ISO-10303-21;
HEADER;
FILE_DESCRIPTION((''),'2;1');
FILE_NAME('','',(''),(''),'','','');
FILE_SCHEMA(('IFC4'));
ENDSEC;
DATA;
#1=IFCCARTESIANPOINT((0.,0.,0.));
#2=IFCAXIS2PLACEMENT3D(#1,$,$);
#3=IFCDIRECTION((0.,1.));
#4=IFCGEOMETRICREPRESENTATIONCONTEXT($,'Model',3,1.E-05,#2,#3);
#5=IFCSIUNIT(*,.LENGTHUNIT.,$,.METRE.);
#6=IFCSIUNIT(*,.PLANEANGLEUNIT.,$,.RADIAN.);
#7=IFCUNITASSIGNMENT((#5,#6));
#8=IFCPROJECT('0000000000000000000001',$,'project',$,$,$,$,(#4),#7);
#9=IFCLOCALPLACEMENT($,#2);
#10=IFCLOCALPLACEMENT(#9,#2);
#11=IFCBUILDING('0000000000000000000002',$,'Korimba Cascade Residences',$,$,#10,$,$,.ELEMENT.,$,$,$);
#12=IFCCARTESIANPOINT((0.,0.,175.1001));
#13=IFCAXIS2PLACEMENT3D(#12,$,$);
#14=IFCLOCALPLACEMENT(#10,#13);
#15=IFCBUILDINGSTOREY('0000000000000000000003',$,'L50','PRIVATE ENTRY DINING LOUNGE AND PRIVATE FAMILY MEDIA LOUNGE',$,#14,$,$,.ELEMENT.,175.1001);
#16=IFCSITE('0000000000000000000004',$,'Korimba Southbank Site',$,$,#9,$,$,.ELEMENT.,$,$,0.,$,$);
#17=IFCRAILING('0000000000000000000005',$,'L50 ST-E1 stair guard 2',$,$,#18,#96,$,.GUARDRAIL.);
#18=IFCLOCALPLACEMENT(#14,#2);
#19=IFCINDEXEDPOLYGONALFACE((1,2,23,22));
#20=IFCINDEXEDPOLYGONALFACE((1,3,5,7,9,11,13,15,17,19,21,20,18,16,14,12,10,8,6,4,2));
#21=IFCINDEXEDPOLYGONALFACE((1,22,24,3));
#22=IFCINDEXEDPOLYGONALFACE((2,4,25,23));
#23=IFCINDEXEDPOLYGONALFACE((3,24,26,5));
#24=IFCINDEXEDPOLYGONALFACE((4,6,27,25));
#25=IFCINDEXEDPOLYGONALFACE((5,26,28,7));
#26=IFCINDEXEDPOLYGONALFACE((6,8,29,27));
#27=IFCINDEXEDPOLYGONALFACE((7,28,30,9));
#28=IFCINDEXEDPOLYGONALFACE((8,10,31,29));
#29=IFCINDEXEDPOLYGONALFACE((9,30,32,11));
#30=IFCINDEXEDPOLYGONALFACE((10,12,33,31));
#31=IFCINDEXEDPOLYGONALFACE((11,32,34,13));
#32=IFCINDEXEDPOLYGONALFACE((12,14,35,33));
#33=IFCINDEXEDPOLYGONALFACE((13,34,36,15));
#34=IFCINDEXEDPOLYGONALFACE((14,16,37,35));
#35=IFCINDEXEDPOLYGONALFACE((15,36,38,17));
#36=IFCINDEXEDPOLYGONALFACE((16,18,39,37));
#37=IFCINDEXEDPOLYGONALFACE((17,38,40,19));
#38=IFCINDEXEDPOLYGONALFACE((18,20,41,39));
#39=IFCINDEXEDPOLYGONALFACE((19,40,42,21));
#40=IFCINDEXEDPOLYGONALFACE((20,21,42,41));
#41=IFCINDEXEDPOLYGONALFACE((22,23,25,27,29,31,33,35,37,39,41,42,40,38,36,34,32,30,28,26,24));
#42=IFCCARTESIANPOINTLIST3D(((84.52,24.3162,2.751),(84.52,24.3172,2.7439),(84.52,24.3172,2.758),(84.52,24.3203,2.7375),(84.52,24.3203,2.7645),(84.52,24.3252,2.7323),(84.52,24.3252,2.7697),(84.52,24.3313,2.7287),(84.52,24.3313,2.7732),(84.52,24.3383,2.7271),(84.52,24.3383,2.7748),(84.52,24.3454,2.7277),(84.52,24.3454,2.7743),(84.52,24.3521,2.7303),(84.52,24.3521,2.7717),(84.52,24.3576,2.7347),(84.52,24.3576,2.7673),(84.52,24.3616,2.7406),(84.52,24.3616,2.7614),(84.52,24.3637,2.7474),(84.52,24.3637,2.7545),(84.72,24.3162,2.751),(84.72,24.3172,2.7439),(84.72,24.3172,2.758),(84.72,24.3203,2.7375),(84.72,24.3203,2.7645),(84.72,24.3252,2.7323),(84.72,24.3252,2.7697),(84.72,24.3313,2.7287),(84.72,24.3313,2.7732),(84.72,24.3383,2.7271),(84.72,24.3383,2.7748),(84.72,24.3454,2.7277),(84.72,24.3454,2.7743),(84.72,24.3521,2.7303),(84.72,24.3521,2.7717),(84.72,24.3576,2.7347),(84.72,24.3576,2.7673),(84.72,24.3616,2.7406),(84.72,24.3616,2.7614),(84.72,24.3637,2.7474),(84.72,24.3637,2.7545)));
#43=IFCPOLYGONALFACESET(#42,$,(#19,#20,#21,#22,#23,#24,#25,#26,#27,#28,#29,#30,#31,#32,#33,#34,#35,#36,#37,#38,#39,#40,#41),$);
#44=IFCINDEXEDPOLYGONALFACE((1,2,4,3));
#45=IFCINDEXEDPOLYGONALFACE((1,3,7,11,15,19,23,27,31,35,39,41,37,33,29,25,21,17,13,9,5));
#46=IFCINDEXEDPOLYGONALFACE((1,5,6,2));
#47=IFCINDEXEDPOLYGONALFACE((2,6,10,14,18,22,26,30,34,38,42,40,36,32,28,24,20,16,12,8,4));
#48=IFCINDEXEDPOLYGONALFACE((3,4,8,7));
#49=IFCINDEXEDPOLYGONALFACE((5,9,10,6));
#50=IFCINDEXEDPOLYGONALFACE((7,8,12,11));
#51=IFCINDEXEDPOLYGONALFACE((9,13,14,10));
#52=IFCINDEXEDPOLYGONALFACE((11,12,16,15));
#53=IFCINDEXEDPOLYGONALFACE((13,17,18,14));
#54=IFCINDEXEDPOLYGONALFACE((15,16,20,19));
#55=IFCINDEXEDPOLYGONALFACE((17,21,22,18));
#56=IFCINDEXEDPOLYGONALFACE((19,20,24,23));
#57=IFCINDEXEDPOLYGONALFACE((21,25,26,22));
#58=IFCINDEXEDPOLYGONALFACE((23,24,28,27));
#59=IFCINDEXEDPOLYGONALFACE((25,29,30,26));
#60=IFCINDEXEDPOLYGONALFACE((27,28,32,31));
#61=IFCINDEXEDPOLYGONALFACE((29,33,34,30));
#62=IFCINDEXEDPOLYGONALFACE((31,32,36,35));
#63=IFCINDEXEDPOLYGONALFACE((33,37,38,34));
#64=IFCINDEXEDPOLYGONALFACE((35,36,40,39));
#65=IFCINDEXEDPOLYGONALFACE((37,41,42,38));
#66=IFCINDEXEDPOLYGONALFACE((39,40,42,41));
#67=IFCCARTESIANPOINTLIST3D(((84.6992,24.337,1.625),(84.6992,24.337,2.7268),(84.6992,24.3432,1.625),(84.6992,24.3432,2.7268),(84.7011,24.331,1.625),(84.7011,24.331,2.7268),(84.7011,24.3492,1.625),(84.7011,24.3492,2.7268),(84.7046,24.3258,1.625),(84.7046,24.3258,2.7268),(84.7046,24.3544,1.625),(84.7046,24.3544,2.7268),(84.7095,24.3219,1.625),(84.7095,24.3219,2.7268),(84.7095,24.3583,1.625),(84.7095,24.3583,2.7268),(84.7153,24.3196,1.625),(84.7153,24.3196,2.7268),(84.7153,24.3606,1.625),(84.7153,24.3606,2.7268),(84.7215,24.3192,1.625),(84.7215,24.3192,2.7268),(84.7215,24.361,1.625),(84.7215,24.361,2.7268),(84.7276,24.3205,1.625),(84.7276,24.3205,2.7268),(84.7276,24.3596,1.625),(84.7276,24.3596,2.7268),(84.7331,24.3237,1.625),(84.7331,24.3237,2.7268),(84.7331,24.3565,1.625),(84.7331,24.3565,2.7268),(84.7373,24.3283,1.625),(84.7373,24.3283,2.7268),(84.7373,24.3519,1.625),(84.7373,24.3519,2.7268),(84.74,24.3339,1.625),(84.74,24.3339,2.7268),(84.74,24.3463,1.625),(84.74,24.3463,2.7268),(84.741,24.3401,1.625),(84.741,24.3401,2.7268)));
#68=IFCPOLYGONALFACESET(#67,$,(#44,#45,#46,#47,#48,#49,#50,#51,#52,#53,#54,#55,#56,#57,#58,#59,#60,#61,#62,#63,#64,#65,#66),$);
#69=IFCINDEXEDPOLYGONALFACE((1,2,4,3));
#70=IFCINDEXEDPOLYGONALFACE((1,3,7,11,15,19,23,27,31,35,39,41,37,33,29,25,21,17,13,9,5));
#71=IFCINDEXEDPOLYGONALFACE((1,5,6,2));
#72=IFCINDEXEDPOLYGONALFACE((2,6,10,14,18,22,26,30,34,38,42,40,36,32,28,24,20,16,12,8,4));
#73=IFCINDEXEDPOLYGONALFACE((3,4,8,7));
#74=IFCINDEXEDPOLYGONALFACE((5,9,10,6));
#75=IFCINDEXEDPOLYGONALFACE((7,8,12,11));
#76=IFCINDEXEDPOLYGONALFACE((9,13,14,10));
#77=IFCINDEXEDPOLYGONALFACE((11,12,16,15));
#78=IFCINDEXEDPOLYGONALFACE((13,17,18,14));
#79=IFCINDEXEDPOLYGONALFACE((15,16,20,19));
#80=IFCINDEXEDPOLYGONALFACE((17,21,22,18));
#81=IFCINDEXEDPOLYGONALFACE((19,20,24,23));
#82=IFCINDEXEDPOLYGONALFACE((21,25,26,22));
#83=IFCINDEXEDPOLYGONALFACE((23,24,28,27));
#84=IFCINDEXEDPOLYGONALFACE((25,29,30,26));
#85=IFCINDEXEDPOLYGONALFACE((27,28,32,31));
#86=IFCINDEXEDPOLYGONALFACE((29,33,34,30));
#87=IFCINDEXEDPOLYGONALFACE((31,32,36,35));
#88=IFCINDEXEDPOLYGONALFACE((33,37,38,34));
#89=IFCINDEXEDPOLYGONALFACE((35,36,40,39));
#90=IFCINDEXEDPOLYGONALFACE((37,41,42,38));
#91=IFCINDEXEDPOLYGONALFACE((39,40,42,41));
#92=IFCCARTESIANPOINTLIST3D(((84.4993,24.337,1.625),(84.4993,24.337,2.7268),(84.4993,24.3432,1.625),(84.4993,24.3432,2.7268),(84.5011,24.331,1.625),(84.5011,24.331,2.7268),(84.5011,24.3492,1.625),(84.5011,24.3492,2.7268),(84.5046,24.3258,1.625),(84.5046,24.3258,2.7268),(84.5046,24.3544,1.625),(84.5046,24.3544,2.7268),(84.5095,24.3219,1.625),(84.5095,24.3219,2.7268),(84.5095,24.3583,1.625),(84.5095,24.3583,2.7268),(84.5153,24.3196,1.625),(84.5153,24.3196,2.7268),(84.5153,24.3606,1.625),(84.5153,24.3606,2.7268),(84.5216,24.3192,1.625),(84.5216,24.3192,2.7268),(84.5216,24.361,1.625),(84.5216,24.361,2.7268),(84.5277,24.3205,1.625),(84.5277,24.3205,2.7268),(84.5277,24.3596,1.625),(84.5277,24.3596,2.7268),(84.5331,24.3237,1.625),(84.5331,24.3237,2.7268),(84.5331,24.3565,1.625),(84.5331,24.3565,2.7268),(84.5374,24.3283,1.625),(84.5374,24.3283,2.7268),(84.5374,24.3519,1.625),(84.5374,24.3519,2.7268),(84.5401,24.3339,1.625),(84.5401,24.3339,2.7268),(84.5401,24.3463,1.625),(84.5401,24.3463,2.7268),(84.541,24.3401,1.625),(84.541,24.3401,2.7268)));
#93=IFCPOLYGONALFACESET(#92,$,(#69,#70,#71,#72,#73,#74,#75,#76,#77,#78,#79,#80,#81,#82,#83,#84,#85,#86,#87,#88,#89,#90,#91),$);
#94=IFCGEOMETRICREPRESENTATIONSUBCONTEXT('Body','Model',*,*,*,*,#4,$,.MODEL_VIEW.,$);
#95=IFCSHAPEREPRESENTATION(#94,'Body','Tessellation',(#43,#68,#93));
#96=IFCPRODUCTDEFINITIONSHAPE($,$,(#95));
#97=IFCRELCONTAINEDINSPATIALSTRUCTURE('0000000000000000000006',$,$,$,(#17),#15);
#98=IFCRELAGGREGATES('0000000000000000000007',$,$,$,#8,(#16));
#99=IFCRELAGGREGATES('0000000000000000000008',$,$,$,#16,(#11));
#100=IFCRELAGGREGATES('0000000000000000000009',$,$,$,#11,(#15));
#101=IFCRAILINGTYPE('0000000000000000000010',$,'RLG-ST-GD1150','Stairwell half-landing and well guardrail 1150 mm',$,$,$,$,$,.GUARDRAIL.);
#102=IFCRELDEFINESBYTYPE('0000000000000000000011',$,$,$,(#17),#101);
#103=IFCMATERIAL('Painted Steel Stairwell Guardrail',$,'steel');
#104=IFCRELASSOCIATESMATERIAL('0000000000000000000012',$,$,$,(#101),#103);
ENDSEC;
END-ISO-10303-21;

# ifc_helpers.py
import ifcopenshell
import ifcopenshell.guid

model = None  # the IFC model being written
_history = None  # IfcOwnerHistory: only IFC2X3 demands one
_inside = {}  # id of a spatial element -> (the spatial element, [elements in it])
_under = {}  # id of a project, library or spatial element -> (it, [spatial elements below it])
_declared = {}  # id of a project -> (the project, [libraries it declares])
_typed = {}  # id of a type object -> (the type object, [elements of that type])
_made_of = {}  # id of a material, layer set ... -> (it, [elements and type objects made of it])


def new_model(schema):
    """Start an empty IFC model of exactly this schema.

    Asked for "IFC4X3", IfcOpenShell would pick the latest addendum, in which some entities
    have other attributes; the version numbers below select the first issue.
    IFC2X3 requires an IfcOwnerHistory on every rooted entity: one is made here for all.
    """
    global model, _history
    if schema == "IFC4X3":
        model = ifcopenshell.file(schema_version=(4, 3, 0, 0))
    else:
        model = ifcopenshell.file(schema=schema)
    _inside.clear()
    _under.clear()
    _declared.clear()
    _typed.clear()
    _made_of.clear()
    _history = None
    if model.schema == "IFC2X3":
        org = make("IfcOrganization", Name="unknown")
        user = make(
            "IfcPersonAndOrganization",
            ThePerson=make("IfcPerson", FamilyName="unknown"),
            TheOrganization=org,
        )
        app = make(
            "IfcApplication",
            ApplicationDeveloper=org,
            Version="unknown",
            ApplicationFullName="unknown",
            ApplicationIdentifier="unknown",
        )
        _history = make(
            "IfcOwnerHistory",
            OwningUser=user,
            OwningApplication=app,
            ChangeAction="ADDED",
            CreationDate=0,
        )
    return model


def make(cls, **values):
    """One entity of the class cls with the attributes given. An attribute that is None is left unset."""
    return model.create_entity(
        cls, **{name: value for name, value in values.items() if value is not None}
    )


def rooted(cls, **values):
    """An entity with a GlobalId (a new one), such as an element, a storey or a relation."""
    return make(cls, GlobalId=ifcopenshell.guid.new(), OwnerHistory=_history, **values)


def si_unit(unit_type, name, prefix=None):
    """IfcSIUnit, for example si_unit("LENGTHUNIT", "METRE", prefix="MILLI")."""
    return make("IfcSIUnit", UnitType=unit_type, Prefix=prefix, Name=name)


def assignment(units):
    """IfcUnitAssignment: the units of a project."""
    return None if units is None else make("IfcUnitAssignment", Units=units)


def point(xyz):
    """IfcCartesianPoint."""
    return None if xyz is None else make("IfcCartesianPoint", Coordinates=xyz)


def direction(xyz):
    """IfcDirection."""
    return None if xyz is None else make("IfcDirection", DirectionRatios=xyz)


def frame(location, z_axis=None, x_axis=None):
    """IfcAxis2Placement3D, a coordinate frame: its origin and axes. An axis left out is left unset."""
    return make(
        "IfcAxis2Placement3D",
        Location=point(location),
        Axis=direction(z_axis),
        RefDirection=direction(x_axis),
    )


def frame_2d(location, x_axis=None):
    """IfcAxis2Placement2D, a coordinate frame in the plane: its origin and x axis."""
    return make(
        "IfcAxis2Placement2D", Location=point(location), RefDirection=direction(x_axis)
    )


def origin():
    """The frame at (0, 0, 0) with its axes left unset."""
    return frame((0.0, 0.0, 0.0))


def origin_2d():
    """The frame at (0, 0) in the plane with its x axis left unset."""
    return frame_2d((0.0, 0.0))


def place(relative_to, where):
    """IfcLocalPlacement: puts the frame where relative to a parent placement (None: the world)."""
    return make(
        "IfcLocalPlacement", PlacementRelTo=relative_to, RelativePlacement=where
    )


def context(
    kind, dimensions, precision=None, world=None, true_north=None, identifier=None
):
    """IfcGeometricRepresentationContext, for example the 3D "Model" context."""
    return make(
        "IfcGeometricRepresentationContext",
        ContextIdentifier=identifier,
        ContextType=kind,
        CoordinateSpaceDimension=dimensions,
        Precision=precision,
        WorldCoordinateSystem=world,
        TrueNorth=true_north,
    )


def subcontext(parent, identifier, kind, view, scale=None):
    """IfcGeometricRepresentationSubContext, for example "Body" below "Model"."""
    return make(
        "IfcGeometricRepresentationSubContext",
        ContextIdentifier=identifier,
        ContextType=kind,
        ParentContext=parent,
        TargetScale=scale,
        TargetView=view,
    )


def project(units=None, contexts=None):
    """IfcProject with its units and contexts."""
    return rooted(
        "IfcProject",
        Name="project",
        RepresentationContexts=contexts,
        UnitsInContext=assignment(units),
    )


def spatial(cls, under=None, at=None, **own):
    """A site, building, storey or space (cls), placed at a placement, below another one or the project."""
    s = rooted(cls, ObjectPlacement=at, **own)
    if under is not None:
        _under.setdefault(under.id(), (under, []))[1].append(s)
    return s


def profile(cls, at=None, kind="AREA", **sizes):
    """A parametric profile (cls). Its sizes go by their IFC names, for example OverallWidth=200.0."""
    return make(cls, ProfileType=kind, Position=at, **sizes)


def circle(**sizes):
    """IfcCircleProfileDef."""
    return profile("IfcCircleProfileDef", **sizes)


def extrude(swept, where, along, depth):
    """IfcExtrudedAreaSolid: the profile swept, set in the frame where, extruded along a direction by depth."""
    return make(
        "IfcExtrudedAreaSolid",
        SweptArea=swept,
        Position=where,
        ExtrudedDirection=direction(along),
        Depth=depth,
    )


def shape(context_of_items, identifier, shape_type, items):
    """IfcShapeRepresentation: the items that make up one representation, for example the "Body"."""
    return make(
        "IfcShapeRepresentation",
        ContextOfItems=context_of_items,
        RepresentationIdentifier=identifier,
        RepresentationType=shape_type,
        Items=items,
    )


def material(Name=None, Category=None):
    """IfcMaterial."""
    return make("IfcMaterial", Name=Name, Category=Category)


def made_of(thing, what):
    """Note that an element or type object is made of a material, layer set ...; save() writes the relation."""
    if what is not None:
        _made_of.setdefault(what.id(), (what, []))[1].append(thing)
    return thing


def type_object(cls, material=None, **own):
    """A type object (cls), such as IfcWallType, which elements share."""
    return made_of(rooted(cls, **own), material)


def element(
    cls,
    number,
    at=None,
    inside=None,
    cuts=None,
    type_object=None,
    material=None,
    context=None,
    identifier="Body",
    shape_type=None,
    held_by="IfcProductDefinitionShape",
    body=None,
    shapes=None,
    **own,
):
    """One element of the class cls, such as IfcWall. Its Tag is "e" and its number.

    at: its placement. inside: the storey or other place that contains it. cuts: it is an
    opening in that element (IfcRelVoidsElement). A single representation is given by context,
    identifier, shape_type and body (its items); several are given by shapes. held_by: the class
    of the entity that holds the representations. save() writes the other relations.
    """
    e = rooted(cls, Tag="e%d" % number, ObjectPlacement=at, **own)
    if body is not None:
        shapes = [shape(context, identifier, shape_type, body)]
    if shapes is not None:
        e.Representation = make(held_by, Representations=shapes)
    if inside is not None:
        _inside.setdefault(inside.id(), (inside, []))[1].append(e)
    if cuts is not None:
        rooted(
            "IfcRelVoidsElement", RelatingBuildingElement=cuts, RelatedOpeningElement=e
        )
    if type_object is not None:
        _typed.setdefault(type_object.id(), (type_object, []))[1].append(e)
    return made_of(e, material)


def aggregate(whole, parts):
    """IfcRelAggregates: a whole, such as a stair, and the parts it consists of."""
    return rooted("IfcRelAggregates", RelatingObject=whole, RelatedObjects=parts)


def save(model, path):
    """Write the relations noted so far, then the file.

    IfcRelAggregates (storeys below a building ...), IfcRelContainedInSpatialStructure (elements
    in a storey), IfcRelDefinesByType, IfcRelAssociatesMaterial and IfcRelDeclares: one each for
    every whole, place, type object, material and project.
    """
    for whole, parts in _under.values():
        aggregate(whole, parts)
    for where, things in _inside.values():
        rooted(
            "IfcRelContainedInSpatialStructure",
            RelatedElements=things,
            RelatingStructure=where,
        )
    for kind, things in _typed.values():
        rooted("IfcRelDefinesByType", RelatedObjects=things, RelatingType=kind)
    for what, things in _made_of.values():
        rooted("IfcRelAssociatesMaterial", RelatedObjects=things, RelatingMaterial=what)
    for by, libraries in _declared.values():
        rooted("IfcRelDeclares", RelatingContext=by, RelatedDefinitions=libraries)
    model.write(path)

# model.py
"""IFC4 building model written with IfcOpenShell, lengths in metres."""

from ifc_helpers import new_model, si_unit, direction, frame, origin, origin_2d, place, context, subcontext, project, spatial, circle, extrude, material, type_object, element, save


model = new_model("IFC4")

# Units and contexts
model_context = context("Model", 3, precision=1e-05, world=origin(), true_north=direction((0.0, 1.0)))
body_context = subcontext(model_context, "Body", "Model", "MODEL_VIEW")
ifc_project = project(units=[si_unit("LENGTHUNIT", "METRE"), si_unit("PLANEANGLEUNIT", "RADIAN")], contexts=[model_context])

# Site, building, storey
site_placement = place(None, origin())
site = spatial("IfcSite", under=ifc_project, at=site_placement, Name="Korimba Southbank Site", CompositionType="ELEMENT", RefElevation=0.0)
building_placement = place(site_placement, origin())
building = spatial("IfcBuilding", under=site, at=building_placement, Name="Korimba Cascade Residences", CompositionType="ELEMENT")
storey_placement = place(building_placement, frame((0.0, 0.0, 175.1001)))
storey = spatial("IfcBuildingStorey", under=building, at=storey_placement, Name="L50", Description="PRIVATE ENTRY DINING LOUNGE AND PRIVATE FAMILY MEDIA LOUNGE", CompositionType="ELEMENT", Elevation=175.1001)

# Railing
ifc_material_1 = material(Name="Painted Steel Stairwell Guardrail", Category="steel")
railing_type_1 = type_object("IfcRailingType", Name="RLG-ST-GD1150", Description="Stairwell half-landing and well guardrail 1150 mm", PredefinedType="GUARDRAIL", material=ifc_material_1)
railing_1_placement = place(storey_placement, frame((84.72, 24.3401, 1.625)))
element("IfcRailing", 1, at=railing_1_placement, inside=storey, type_object=railing_type_1, Name="L50 ST-E1 stair guard 2", PredefinedType="GUARDRAIL", context=body_context, shape_type="SweptSolid", body=[
    extrude(circle(Radius=0.0239, at=origin_2d()), frame((0.0, 0.0, 1.126), z_axis=(-1.0, 0.0, 0.0), x_axis=(0.0, -1.0, 0.0)), (0.0, 0.0, 1.0), 0.2),
    extrude(circle(Radius=0.021, at=origin_2d()), origin(), (0.0, 0.0, 1.0), 1.1018),
    extrude(circle(Radius=0.021, at=origin_2d()), frame((-0.2, 0.0, 0.0)), (0.0, 0.0, 1.0), 1.1018),
])

save(model, "model.ifc")
